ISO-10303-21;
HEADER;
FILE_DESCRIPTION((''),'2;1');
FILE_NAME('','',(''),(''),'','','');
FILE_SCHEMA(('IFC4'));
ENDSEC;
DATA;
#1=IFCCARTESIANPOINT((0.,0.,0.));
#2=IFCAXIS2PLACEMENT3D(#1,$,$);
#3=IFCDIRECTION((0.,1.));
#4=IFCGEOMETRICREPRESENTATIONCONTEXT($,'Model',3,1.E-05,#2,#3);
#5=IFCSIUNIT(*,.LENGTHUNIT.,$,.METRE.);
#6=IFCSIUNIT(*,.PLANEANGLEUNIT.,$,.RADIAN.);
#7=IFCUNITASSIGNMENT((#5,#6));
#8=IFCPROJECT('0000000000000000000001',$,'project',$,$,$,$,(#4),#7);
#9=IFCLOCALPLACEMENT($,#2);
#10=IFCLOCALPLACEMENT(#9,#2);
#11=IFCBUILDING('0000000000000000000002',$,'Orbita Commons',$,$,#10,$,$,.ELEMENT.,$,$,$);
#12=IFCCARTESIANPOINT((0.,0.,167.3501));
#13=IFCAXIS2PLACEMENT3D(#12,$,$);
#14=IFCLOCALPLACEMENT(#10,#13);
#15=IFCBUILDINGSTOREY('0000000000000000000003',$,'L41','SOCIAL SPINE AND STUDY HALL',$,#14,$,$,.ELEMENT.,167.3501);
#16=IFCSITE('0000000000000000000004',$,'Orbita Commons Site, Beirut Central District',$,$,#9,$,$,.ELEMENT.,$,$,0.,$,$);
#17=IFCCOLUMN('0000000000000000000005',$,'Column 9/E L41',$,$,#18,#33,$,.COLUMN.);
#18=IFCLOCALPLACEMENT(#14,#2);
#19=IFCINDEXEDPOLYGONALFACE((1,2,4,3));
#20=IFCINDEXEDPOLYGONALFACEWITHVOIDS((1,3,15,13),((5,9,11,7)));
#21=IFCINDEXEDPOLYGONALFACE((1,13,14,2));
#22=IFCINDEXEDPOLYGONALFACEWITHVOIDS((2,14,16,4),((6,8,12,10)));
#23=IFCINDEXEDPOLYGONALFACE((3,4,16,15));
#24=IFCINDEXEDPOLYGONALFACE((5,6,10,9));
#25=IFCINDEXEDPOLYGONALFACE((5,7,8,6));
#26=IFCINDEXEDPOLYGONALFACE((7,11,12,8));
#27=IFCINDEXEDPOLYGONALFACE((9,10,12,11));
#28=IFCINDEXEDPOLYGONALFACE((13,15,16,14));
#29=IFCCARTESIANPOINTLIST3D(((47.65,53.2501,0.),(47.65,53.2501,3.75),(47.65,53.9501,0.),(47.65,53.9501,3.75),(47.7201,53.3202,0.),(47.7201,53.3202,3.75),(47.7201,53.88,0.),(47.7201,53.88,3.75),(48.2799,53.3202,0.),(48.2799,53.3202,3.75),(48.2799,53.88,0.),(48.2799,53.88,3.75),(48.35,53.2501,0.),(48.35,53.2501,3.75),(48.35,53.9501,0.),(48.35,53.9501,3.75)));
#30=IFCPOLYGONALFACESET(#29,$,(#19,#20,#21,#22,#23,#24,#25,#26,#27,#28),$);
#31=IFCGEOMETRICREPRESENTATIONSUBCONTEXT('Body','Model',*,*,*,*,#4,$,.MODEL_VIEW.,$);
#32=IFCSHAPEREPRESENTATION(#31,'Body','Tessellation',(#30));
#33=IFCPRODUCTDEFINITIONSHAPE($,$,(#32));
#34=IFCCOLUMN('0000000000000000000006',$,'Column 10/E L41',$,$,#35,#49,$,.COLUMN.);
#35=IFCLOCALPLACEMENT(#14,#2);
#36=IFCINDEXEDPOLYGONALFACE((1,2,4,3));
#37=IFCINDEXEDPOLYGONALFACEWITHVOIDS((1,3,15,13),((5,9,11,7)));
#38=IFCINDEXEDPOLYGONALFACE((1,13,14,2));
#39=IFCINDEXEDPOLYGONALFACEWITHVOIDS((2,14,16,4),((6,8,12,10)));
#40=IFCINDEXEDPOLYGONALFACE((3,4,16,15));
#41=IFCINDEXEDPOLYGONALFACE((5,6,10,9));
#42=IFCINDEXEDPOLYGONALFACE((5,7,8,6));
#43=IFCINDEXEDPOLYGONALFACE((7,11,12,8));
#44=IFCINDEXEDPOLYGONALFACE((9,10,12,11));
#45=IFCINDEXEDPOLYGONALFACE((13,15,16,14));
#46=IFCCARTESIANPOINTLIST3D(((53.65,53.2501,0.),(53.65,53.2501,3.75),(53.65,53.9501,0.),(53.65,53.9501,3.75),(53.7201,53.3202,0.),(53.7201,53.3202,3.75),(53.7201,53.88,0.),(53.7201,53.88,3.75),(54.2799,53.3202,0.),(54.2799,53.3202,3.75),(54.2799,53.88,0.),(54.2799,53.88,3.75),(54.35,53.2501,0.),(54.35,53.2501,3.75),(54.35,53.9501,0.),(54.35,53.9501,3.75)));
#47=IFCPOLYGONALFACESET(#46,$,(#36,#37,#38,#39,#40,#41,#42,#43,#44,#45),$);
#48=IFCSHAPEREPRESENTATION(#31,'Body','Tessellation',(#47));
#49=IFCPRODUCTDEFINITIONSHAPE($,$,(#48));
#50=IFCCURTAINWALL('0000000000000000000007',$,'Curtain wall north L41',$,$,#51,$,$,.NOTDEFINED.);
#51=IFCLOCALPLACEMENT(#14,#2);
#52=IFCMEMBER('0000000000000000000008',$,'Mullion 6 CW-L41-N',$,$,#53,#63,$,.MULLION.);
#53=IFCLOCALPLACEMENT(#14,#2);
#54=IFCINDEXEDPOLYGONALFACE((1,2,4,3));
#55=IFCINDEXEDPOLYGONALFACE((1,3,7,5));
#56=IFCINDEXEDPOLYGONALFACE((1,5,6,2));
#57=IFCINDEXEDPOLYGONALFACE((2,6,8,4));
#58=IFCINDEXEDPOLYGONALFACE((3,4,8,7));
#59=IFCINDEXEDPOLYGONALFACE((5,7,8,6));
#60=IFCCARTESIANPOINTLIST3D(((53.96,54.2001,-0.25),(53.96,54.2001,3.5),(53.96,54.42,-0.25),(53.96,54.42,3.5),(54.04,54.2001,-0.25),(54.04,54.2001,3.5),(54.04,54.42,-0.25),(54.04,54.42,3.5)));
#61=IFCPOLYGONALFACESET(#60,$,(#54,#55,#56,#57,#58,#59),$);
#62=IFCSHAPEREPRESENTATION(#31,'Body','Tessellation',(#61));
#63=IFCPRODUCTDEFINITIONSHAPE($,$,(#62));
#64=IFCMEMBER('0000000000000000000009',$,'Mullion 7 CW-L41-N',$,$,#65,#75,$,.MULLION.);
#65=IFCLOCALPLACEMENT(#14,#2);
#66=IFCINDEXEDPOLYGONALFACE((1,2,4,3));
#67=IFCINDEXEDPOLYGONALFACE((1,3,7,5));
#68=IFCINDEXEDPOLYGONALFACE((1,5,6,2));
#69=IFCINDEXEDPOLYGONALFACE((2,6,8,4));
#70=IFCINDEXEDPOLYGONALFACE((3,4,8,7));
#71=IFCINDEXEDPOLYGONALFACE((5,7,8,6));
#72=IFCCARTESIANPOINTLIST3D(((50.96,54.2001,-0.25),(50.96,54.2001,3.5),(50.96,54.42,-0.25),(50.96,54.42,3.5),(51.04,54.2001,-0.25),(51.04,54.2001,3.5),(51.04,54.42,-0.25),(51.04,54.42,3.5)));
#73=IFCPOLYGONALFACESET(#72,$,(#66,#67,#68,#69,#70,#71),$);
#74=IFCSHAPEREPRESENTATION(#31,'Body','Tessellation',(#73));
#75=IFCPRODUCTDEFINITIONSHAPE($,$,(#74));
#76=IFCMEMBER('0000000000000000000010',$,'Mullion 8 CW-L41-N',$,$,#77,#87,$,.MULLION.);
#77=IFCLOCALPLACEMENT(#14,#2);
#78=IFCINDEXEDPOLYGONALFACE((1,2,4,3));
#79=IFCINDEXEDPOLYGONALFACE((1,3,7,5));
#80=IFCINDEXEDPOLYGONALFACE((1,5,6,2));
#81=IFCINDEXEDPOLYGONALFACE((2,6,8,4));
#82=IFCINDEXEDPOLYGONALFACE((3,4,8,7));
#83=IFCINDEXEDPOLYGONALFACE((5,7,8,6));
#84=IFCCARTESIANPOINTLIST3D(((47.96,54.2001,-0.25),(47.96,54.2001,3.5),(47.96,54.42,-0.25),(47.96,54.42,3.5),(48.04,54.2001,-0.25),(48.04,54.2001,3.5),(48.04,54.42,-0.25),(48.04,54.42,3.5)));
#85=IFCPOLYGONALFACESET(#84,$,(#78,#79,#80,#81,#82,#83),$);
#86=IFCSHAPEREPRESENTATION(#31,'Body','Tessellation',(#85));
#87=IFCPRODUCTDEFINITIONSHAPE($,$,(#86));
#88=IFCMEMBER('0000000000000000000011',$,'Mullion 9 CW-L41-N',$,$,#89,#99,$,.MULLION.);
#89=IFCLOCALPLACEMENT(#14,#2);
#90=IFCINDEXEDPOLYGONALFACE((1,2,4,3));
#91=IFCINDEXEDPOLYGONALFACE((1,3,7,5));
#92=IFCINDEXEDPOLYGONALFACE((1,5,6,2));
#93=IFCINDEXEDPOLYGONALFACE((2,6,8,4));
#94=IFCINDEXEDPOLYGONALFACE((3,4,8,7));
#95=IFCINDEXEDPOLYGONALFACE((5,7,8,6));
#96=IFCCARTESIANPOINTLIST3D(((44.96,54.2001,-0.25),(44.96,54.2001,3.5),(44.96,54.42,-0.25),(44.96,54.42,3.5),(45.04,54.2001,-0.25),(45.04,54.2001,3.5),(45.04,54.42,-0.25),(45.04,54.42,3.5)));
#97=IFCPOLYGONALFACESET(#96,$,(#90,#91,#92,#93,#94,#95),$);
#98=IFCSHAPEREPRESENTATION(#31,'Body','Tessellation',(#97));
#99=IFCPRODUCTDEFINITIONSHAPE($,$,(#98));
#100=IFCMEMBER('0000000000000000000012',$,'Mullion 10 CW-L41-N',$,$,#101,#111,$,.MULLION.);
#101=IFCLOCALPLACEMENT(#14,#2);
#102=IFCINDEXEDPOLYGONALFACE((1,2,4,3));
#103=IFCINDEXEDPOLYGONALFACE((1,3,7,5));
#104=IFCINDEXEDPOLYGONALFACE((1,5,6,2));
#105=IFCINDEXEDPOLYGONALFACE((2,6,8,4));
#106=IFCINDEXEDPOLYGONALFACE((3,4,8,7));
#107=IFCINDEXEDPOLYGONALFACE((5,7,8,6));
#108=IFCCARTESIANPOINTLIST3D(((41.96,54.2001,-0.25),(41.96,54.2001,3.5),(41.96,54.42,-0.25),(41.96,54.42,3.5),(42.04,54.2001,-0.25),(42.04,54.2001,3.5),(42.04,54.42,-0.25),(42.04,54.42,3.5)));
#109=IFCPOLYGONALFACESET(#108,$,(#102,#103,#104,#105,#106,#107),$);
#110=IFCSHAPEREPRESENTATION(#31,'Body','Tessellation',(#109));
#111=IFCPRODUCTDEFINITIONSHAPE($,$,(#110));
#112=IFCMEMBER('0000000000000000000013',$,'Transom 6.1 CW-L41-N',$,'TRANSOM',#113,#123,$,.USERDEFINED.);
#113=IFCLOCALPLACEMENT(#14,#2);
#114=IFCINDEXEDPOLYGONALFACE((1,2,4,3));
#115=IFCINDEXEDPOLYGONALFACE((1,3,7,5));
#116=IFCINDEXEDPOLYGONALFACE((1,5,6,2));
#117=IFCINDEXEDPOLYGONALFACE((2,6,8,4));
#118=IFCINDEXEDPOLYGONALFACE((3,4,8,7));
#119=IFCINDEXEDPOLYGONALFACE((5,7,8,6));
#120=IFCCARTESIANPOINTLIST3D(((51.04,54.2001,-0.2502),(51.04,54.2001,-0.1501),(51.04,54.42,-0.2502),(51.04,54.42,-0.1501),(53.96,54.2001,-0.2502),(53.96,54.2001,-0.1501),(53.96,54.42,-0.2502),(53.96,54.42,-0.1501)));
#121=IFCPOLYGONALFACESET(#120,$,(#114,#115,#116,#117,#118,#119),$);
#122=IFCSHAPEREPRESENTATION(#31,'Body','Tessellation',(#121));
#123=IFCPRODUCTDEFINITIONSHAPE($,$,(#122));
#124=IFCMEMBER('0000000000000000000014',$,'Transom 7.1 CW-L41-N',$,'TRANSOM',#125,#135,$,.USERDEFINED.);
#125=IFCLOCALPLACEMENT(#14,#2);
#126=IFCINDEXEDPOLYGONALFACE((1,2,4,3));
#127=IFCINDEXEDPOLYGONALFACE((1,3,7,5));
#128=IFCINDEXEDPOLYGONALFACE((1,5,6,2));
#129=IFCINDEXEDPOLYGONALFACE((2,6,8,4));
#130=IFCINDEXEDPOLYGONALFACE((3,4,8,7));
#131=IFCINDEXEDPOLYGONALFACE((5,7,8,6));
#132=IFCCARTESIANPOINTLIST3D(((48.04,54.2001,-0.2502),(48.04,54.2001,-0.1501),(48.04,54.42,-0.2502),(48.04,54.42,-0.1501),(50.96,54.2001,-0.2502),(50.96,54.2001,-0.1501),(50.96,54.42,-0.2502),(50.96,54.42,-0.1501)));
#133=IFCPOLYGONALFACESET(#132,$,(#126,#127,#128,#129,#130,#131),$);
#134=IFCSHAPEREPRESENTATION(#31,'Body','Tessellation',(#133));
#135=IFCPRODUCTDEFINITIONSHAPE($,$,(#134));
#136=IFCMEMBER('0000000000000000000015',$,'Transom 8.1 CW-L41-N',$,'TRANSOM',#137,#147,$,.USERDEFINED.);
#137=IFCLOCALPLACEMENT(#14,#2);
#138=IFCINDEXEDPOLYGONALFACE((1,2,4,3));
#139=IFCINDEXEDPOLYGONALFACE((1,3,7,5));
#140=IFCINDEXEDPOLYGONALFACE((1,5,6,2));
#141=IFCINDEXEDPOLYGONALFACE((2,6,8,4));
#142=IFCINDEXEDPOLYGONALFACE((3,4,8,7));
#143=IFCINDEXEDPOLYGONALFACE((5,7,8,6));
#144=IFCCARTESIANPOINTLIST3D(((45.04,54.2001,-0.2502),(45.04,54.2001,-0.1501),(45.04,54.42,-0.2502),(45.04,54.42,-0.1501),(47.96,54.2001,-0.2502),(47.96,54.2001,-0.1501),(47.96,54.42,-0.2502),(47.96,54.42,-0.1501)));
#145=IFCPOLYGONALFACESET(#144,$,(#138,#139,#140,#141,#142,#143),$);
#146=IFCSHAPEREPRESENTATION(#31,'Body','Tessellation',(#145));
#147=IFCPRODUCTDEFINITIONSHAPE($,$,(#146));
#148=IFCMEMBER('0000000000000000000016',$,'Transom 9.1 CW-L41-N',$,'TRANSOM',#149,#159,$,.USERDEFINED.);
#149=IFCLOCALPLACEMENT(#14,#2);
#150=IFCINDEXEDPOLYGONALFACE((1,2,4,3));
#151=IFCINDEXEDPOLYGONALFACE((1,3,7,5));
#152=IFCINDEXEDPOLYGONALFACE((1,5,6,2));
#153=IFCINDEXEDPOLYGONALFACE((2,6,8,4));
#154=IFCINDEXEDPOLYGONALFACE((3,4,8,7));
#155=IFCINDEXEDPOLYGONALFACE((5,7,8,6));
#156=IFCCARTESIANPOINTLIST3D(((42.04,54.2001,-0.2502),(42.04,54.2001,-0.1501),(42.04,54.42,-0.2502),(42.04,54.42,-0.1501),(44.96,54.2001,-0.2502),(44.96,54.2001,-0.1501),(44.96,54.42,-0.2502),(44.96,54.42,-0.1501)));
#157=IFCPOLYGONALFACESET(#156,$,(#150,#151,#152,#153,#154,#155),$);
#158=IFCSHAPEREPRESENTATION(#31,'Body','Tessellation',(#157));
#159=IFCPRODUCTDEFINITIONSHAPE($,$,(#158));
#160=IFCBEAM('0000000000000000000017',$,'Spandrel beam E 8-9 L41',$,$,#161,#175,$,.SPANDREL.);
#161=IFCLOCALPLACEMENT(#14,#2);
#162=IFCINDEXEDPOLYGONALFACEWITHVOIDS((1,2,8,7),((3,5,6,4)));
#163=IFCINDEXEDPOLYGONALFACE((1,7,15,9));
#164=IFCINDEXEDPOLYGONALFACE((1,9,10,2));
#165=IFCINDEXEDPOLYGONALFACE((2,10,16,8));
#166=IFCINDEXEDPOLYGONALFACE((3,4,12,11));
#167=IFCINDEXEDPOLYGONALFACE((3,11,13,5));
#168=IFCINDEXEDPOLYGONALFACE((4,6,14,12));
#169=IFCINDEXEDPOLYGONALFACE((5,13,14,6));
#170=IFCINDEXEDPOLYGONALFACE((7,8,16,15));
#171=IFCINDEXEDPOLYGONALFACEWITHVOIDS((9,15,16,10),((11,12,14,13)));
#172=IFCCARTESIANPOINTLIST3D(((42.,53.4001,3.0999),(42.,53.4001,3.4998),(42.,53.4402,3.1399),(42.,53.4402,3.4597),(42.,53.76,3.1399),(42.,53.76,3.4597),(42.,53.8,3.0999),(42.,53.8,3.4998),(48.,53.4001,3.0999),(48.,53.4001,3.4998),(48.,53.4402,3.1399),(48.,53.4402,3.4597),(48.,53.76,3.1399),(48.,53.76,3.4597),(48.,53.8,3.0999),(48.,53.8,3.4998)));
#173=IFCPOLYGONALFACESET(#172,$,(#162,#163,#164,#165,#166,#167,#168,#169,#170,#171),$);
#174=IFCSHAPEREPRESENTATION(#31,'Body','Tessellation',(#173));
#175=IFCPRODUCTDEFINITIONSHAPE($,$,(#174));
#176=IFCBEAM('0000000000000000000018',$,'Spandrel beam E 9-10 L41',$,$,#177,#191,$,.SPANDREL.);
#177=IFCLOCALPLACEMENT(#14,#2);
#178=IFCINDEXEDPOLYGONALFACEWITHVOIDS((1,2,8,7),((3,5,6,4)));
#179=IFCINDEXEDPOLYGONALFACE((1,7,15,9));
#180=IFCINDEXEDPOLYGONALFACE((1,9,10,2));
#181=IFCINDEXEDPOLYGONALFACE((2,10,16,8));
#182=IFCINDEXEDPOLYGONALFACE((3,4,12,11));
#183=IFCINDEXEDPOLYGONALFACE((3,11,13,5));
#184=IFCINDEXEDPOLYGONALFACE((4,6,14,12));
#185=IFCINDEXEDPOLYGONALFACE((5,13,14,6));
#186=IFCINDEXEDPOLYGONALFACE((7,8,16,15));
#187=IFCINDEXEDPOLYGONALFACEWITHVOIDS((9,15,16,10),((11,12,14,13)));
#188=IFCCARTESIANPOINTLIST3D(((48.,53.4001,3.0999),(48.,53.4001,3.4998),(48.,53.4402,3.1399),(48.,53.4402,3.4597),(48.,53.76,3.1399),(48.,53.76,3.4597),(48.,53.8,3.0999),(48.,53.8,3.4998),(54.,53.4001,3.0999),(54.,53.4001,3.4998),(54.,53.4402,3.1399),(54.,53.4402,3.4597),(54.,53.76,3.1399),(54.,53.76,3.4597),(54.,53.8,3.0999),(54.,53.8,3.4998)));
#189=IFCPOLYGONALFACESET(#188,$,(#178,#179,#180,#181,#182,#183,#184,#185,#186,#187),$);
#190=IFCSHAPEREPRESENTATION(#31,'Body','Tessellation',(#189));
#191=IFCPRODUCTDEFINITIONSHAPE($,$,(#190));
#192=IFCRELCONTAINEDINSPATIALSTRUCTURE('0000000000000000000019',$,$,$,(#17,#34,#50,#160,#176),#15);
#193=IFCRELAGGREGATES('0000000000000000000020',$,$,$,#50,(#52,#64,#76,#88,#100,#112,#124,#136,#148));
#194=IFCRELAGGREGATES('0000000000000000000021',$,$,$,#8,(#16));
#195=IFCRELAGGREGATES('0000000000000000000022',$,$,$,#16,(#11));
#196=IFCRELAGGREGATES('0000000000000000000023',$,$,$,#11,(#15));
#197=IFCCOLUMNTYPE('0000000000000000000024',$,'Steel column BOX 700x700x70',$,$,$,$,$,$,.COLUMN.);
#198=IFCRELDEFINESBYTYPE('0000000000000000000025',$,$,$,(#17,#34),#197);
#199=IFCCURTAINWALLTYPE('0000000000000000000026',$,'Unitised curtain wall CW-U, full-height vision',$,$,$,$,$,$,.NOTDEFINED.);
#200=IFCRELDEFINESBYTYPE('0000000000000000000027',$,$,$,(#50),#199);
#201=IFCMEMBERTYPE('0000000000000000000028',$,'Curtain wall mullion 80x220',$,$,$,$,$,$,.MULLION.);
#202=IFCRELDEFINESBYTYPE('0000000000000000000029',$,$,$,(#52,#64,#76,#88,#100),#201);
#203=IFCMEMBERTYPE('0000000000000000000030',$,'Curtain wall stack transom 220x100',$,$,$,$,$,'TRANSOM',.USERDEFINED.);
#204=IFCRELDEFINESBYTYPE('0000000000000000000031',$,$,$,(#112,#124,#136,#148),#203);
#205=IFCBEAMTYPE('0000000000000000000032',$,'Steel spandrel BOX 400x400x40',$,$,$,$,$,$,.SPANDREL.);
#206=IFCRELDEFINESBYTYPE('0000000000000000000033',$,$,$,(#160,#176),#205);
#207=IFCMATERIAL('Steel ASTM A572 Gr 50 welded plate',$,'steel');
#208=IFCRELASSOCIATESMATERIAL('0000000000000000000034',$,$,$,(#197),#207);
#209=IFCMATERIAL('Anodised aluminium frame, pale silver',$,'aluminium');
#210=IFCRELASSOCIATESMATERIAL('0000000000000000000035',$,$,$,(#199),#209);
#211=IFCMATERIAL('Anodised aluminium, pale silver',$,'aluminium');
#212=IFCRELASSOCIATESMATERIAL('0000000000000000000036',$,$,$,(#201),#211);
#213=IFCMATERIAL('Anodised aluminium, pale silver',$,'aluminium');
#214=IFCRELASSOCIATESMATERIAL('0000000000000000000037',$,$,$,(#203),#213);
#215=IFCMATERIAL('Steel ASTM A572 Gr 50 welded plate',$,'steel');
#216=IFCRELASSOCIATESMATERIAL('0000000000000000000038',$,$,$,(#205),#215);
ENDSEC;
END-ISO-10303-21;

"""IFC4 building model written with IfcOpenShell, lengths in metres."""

from ifc_helpers import new_model, si_unit, direction, frame, origin, origin_2d, place, context, subcontext, project, spatial, rectangle, hollow_rectangle, extrude, material, material_profile, profile_set, type_object, element, aggregate, save


model = new_model("IFC4")

# Units and contexts
model_context = context("Model", 3, precision=1e-05, world=origin(), true_north=direction((0.0, 1.0)))
body_context = subcontext(model_context, "Body", "Model", "MODEL_VIEW")
ifc_project = project(units=[si_unit("LENGTHUNIT", "METRE"), si_unit("PLANEANGLEUNIT", "RADIAN")], contexts=[model_context])

# Site, building, storey
site_placement = place(None, origin())
site = spatial("IfcSite", under=ifc_project, at=site_placement, Name="Orbita Commons Site, Beirut Central District", CompositionType="ELEMENT", RefElevation=0.0)
building_placement = place(site_placement, origin())
building = spatial("IfcBuilding", under=site, at=building_placement, Name="Orbita Commons", CompositionType="ELEMENT")
storey_placement = place(building_placement, frame((0.0, 0.0, 167.3501)))
storey = spatial("IfcBuildingStorey", under=building, at=storey_placement, Name="L41", Description="SOCIAL SPINE AND STUDY HALL", CompositionType="ELEMENT", Elevation=167.3501)

# Columns
ifc_material_1 = material(Name="Steel ASTM A572 Gr 50 welded plate", Category="steel")
ifc_material_profile_1 = material_profile(ifc_material_1, hollow_rectangle(XDim=0.7, YDim=0.7, WallThickness=0.0701, at=origin_2d()), Name="BOX 700x700x70")
ifc_profile_set_1 = profile_set([ifc_material_profile_1], Name="Steel ASTM A572 Gr 50 welded plate")
column_type = type_object("IfcColumnType", Name="Steel column BOX 700x700x70", PredefinedType="COLUMN", material=ifc_profile_set_1)
for number, where, z_axis, x_axis, name in (
    (1, (48.0, 53.6001, 0.0), (0.0, 0.0, 1.0), (1.0, 0.0, 0.0), "Column 9/E L41"),
    (2, (54.0, 53.6001, 0.0), (0.0, 0.0, 1.0), (1.0, 0.0, 0.0), "Column 10/E L41"),
):
    element("IfcColumn", number, at=place(storey_placement, frame(where, z_axis=z_axis, x_axis=x_axis)), inside=storey, type_object=column_type, Name=name, PredefinedType="COLUMN", context=body_context, shape_type="SweptSolid", body=[
        extrude(hollow_rectangle(XDim=0.7, YDim=0.7, WallThickness=0.0701, at=origin_2d()), origin(), (0.0, 0.0, 1.0), 3.75),
    ])

# Curtain wall, members
ifc_material_2 = material(Name="Anodised aluminium frame, pale silver", Category="aluminium")
curtain_wall_type = type_object("IfcCurtainWallType", Name="Unitised curtain wall CW-U, full-height vision", PredefinedType="NOTDEFINED", material=ifc_material_2)
curtain_wall_placement = place(storey_placement, origin())
curtain_wall = element("IfcCurtainWall", 3, at=curtain_wall_placement, inside=storey, type_object=curtain_wall_type, Name="Curtain wall north L41", PredefinedType="NOTDEFINED")
ifc_material_3 = material(Name="Anodised aluminium, pale silver", Category="aluminium")
ifc_material_profile_2 = material_profile(ifc_material_3, rectangle(XDim=0.0801, YDim=0.22, at=origin_2d()), Name="AL 80x220")
ifc_profile_set_2 = profile_set([ifc_material_profile_2], Name="Anodised aluminium, pale silver")
member_type_1 = type_object("IfcMemberType", Name="Curtain wall mullion 80x220", PredefinedType="MULLION", material=ifc_profile_set_2)
member_1_placement = place(storey_placement, frame((54.0, 54.3101, -0.25), z_axis=(0.0, 0.0, 1.0), x_axis=(-1.0, 0.0, 0.0)))
member_1 = element("IfcMember", 4, at=member_1_placement, type_object=member_type_1, Name="Mullion 6 CW-L41-N", PredefinedType="MULLION", context=body_context, shape_type="SweptSolid", body=[
    extrude(rectangle(XDim=0.0801, YDim=0.22, at=origin_2d()), origin(), (0.0, 0.0, 1.0), 3.75),
])
member_2_placement = place(storey_placement, frame((51.0, 54.3101, -0.25), z_axis=(0.0, 0.0, 1.0), x_axis=(-1.0, 0.0, 0.0)))
member_2 = element("IfcMember", 5, at=member_2_placement, type_object=member_type_1, Name="Mullion 7 CW-L41-N", PredefinedType="MULLION", context=body_context, shape_type="SweptSolid", body=[
    extrude(rectangle(XDim=0.0801, YDim=0.22, at=origin_2d()), origin(), (0.0, 0.0, 1.0), 3.75),
])
member_3_placement = place(storey_placement, frame((48.0, 54.3101, -0.25), z_axis=(0.0, 0.0, 1.0), x_axis=(-1.0, 0.0, 0.0)))
member_3 = element("IfcMember", 6, at=member_3_placement, type_object=member_type_1, Name="Mullion 8 CW-L41-N", PredefinedType="MULLION", context=body_context, shape_type="SweptSolid", body=[
    extrude(rectangle(XDim=0.0801, YDim=0.22, at=origin_2d()), origin(), (0.0, 0.0, 1.0), 3.75),
])
member_4_placement = place(storey_placement, frame((45.0, 54.3101, -0.25), z_axis=(0.0, 0.0, 1.0), x_axis=(-1.0, 0.0, 0.0)))
member_4 = element("IfcMember", 7, at=member_4_placement, type_object=member_type_1, Name="Mullion 9 CW-L41-N", PredefinedType="MULLION", context=body_context, shape_type="SweptSolid", body=[
    extrude(rectangle(XDim=0.0801, YDim=0.22, at=origin_2d()), origin(), (0.0, 0.0, 1.0), 3.75),
])
member_5_placement = place(storey_placement, frame((42.0, 54.3101, -0.25), z_axis=(0.0, 0.0, 1.0), x_axis=(-1.0, 0.0, 0.0)))
member_5 = element("IfcMember", 8, at=member_5_placement, type_object=member_type_1, Name="Mullion 10 CW-L41-N", PredefinedType="MULLION", context=body_context, shape_type="SweptSolid", body=[
    extrude(rectangle(XDim=0.0801, YDim=0.22, at=origin_2d()), origin(), (0.0, 0.0, 1.0), 3.75),
])
ifc_material_4 = material(Name="Anodised aluminium, pale silver", Category="aluminium")
ifc_material_profile_3 = material_profile(ifc_material_4, rectangle(XDim=0.22, YDim=0.1001, at=origin_2d()), Name="AL 220x100")
ifc_profile_set_3 = profile_set([ifc_material_profile_3], Name="Anodised aluminium, pale silver")
member_type_2 = type_object("IfcMemberType", Name="Curtain wall stack transom 220x100", ElementType="TRANSOM", PredefinedType="USERDEFINED", material=ifc_profile_set_3)
member_6_placement = place(storey_placement, frame((53.96, 54.3101, -0.2002), z_axis=(-1.0, 0.0, 0.0), x_axis=(0.0, -1.0, 0.0)))
member_6 = element("IfcMember", 9, at=member_6_placement, type_object=member_type_2, Name="Transom 6.1 CW-L41-N", ObjectType="TRANSOM", PredefinedType="USERDEFINED", context=body_context, shape_type="SweptSolid", body=[
    extrude(rectangle(XDim=0.22, YDim=0.1001, at=origin_2d()), origin(), (0.0, 0.0, 1.0), 2.9199),
])
member_7_placement = place(storey_placement, frame((50.96, 54.3101, -0.2002), z_axis=(-1.0, 0.0, 0.0), x_axis=(0.0, -1.0, 0.0)))
member_7 = element("IfcMember", 10, at=member_7_placement, type_object=member_type_2, Name="Transom 7.1 CW-L41-N", ObjectType="TRANSOM", PredefinedType="USERDEFINED", context=body_context, shape_type="SweptSolid", body=[
    extrude(rectangle(XDim=0.22, YDim=0.1001, at=origin_2d()), origin(), (0.0, 0.0, 1.0), 2.9199),
])
member_8_placement = place(storey_placement, frame((47.96, 54.3101, -0.2002), z_axis=(-1.0, 0.0, 0.0), x_axis=(0.0, -1.0, 0.0)))
member_8 = element("IfcMember", 11, at=member_8_placement, type_object=member_type_2, Name="Transom 8.1 CW-L41-N", ObjectType="TRANSOM", PredefinedType="USERDEFINED", context=body_context, shape_type="SweptSolid", body=[
    extrude(rectangle(XDim=0.22, YDim=0.1001, at=origin_2d()), origin(), (0.0, 0.0, 1.0), 2.9199),
])
member_9_placement = place(storey_placement, frame((44.96, 54.3101, -0.2002), z_axis=(-1.0, 0.0, 0.0), x_axis=(0.0, -1.0, 0.0)))
member_9 = element("IfcMember", 12, at=member_9_placement, type_object=member_type_2, Name="Transom 9.1 CW-L41-N", ObjectType="TRANSOM", PredefinedType="USERDEFINED", context=body_context, shape_type="SweptSolid", body=[
    extrude(rectangle(XDim=0.22, YDim=0.1001, at=origin_2d()), origin(), (0.0, 0.0, 1.0), 2.9199),
])

# Beams
ifc_material_5 = material(Name="Steel ASTM A572 Gr 50 welded plate", Category="steel")
ifc_material_profile_4 = material_profile(ifc_material_5, hollow_rectangle(XDim=0.3999, YDim=0.3999, WallThickness=0.04, at=origin_2d()), Name="BOX 400x400x40")
ifc_profile_set_4 = profile_set([ifc_material_profile_4], Name="Steel ASTM A572 Gr 50 welded plate")
beam_type = type_object("IfcBeamType", Name="Steel spandrel BOX 400x400x40", PredefinedType="SPANDREL", material=ifc_profile_set_4)
for number, where, z_axis, x_axis, name in (
    (13, (42.0, 53.6001, 3.2998), (1.0, 0.0, 0.0), (0.0, 1.0, 0.0), "Spandrel beam E 8-9 L41"),
    (14, (48.0, 53.6001, 3.2998), (1.0, 0.0, 0.0), (0.0, 1.0, 0.0), "Spandrel beam E 9-10 L41"),
):
    element("IfcBeam", number, at=place(storey_placement, frame(where, z_axis=z_axis, x_axis=x_axis)), inside=storey, type_object=beam_type, Name=name, PredefinedType="SPANDREL", context=body_context, shape_type="SweptSolid", body=[
        extrude(hollow_rectangle(XDim=0.3999, YDim=0.3999, WallThickness=0.04, at=origin_2d()), origin(), (0.0, 0.0, 1.0), 6.0),
    ])

aggregate(curtain_wall, [member_1, member_2, member_3, member_4, member_5, member_6, member_7, member_8, member_9])

save(model, "model.ifc")
